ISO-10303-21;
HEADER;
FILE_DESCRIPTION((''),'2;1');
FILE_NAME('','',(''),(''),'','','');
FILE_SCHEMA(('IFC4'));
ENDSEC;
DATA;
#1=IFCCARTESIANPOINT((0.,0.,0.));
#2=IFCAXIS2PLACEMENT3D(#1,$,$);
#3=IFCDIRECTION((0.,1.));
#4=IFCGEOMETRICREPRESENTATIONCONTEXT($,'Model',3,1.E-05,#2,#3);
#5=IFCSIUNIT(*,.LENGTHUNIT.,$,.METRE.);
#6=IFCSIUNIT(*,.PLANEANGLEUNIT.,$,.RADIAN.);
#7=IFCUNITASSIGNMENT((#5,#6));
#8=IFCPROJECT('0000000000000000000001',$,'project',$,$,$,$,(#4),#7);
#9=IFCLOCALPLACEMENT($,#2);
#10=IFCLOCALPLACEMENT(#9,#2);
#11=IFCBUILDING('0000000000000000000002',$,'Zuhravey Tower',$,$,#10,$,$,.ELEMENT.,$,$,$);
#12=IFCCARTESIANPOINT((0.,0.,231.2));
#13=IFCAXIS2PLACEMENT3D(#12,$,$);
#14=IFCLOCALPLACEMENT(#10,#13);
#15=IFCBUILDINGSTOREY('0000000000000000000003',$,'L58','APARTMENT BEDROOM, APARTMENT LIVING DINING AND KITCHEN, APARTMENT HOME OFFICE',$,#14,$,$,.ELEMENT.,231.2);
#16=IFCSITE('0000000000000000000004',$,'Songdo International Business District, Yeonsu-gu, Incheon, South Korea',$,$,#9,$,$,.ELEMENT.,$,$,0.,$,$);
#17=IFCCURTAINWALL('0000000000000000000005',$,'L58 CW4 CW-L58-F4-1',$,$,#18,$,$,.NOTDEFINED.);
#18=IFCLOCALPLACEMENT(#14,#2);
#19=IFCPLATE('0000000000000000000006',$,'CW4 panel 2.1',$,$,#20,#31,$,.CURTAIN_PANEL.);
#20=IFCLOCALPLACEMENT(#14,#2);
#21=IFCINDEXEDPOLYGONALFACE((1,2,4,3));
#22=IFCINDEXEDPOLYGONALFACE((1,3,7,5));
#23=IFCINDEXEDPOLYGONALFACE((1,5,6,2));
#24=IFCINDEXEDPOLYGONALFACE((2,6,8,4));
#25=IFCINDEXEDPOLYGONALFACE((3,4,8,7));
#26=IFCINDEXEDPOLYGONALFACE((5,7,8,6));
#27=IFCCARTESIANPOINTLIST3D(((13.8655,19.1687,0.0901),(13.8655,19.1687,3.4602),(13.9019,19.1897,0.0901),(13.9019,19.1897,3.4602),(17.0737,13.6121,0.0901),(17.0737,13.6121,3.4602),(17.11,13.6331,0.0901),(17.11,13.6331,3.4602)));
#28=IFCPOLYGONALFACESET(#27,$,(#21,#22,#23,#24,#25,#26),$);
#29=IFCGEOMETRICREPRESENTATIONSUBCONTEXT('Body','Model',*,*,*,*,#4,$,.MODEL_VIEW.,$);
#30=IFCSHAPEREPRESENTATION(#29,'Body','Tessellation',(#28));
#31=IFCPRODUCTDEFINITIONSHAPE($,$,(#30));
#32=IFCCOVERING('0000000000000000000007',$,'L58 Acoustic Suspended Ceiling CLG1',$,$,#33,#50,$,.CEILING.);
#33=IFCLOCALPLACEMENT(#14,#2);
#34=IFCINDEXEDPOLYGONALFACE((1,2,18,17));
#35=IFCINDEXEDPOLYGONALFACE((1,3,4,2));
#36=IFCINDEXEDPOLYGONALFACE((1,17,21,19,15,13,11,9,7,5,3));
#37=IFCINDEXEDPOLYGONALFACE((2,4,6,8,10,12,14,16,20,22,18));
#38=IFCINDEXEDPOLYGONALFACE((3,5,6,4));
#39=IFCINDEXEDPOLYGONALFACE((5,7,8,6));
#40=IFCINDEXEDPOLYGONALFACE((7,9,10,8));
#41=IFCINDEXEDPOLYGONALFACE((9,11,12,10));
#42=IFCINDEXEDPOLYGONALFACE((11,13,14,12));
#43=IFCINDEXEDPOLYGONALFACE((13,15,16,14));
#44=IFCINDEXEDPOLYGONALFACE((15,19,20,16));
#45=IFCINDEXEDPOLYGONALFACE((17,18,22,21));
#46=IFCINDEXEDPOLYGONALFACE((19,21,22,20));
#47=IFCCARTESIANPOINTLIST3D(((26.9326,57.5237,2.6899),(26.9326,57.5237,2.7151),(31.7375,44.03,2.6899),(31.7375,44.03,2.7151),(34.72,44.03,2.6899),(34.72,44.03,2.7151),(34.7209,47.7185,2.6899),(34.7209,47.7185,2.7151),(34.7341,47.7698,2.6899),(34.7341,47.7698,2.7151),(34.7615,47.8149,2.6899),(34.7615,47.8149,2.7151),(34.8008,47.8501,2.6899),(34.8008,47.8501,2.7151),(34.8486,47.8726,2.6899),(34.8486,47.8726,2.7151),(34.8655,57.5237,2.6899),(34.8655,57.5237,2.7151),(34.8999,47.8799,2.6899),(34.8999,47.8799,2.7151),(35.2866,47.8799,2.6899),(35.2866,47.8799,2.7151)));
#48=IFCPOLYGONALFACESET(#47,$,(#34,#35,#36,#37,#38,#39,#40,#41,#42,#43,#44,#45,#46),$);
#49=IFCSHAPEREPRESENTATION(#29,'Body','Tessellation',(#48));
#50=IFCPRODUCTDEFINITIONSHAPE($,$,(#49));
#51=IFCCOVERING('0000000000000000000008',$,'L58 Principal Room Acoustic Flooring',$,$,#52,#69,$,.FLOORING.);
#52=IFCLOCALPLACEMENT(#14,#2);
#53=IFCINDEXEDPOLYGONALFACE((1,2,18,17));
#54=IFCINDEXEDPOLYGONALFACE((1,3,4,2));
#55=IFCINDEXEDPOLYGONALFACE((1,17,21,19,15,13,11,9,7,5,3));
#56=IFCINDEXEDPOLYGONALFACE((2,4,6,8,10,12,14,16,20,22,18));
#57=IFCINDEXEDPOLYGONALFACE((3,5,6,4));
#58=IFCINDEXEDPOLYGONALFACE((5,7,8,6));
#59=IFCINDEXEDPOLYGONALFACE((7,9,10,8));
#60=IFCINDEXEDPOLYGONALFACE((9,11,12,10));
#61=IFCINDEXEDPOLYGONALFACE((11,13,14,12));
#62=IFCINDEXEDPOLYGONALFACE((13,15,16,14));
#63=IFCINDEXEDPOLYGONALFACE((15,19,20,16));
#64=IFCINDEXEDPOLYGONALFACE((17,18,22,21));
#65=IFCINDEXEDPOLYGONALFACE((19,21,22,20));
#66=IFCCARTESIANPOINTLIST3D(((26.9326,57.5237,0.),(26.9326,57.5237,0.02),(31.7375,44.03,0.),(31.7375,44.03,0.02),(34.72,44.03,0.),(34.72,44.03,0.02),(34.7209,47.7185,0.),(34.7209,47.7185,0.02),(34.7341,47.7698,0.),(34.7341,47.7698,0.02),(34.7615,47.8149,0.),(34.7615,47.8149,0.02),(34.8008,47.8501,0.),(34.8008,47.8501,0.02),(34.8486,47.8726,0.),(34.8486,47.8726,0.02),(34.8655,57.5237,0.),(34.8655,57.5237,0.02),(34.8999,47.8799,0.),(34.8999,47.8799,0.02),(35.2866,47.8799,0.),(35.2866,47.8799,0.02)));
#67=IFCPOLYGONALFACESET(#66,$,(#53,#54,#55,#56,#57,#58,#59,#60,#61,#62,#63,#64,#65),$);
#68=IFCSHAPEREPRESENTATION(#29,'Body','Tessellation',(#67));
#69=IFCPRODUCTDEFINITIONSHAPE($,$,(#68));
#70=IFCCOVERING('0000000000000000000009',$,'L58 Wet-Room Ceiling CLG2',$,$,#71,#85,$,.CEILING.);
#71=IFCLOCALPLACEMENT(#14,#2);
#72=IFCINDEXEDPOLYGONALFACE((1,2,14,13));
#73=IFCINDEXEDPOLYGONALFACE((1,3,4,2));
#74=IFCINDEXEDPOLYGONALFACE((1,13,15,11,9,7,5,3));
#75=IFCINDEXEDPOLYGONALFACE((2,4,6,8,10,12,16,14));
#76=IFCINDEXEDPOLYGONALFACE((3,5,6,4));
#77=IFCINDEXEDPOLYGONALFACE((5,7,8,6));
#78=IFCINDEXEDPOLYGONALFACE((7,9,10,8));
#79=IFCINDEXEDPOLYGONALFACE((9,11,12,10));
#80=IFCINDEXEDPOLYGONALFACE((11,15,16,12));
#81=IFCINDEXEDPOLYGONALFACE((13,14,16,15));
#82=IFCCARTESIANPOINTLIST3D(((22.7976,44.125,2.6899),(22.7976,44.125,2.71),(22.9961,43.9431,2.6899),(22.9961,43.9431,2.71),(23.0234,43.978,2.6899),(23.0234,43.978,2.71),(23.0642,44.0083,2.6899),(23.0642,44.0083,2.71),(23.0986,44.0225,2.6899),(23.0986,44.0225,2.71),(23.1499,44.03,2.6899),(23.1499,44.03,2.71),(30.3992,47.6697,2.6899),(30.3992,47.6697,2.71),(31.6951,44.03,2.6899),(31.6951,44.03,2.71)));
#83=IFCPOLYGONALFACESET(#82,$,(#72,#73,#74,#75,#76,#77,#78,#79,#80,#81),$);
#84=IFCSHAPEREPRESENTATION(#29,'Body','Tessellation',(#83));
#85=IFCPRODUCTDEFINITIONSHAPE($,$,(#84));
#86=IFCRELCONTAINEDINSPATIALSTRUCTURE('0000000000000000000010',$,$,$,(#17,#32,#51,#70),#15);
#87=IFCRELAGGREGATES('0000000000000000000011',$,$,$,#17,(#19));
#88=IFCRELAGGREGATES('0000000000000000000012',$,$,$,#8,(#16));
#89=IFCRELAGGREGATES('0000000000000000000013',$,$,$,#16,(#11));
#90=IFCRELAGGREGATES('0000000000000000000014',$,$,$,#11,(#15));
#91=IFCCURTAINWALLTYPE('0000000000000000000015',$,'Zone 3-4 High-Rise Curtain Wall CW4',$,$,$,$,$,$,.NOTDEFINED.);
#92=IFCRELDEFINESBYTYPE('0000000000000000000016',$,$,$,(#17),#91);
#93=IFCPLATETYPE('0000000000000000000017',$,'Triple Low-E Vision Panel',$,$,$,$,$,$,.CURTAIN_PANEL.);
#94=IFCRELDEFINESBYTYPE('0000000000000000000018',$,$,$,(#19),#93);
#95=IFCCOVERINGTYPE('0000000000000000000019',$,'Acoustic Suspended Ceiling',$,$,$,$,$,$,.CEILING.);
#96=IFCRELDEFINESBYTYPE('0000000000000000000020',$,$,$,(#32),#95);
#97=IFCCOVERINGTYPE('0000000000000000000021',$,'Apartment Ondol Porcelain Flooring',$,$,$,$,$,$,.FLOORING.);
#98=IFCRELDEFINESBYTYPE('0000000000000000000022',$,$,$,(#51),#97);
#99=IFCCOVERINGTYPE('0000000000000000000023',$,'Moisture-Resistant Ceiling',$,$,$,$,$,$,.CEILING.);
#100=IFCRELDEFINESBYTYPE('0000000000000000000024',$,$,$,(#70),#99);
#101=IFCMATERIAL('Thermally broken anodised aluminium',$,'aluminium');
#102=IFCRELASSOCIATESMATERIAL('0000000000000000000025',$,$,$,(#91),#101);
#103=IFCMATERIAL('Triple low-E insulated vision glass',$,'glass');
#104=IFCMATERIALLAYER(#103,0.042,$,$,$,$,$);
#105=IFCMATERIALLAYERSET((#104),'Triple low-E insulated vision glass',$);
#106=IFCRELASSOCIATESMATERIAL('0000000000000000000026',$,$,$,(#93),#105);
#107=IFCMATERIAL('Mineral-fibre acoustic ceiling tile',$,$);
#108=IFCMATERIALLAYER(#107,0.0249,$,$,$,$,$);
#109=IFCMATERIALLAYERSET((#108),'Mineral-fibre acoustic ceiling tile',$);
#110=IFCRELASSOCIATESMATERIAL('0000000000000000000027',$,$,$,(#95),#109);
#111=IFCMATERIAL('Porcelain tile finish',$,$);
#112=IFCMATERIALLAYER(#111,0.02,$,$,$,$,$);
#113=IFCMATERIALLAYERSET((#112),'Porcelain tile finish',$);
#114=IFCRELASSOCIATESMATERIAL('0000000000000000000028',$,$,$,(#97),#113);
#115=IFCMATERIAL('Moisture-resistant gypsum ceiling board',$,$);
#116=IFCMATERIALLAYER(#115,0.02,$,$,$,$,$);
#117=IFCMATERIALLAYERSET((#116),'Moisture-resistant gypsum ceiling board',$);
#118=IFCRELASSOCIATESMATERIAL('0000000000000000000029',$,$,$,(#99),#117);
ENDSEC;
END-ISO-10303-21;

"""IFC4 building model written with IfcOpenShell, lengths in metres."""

from ifc_helpers import new_model, si_unit, direction, frame, origin, origin_2d, place, context, subcontext, project, spatial, polyline, rectangle, outline, extrude, material, layer, layer_set, type_object, element, aggregate, save


model = new_model("IFC4")

# Units and contexts
model_context = context("Model", 3, precision=1e-05, world=origin(), true_north=direction((0.0, 1.0)))
body_context = subcontext(model_context, "Body", "Model", "MODEL_VIEW")
ifc_project = project(units=[si_unit("LENGTHUNIT", "METRE"), si_unit("PLANEANGLEUNIT", "RADIAN")], contexts=[model_context])

# Site, building, storey
site_placement = place(None, origin())
site = spatial("IfcSite", under=ifc_project, at=site_placement, Name="Songdo International Business District, Yeonsu-gu, Incheon, South Korea", CompositionType="ELEMENT", RefElevation=0.0)
building_placement = place(site_placement, origin())
building = spatial("IfcBuilding", under=site, at=building_placement, Name="Zuhravey Tower", CompositionType="ELEMENT")
storey_placement = place(building_placement, frame((0.0, 0.0, 231.2)))
storey = spatial("IfcBuildingStorey", under=building, at=storey_placement, Name="L58", Description="APARTMENT BEDROOM, APARTMENT LIVING DINING AND KITCHEN, APARTMENT HOME OFFICE", CompositionType="ELEMENT", Elevation=231.2)

# Curtain wall
ifc_material_1 = material(Name="Thermally broken anodised aluminium", Category="aluminium")
curtain_wall_type = type_object("IfcCurtainWallType", Name="Zone 3-4 High-Rise Curtain Wall CW4", PredefinedType="NOTDEFINED", material=ifc_material_1)
curtain_wall_placement = place(storey_placement, origin())
curtain_wall = element("IfcCurtainWall", 1, at=curtain_wall_placement, inside=storey, type_object=curtain_wall_type, Name="L58 CW4 CW-L58-F4-1", PredefinedType="NOTDEFINED")

# Plate
ifc_material_2 = material(Name="Triple low-E insulated vision glass", Category="glass")
ifc_layer_1 = layer(ifc_material_2, 0.042)
ifc_layer_set_1 = layer_set([ifc_layer_1], Name="Triple low-E insulated vision glass")
plate_type_1 = type_object("IfcPlateType", Name="Triple Low-E Vision Panel", PredefinedType="CURTAIN_PANEL", material=ifc_layer_set_1)
plate_1_placement = place(storey_placement, frame((15.4878, 16.4009, 0.0901), z_axis=(0.0, 0.0, 1.0), x_axis=(-0.500001, 0.866025, 0.0)))
plate_1 = element("IfcPlate", 2, at=plate_1_placement, type_object=plate_type_1, Name="CW4 panel 2.1", PredefinedType="CURTAIN_PANEL", context=body_context, shape_type="SweptSolid", body=[
    extrude(rectangle(XDim=6.4163, YDim=0.042, at=origin_2d()), origin(), (0.0, 0.0, 1.0), 3.3701),
])
aggregate(curtain_wall, [plate_1])

# Coverings
ifc_material_3 = material(Name="Mineral-fibre acoustic ceiling tile")
ifc_layer_2 = layer(ifc_material_3, 0.0249)
ifc_layer_set_2 = layer_set([ifc_layer_2], Name="Mineral-fibre acoustic ceiling tile")
covering_type_1 = type_object("IfcCoveringType", Name="Acoustic Suspended Ceiling", PredefinedType="CEILING", material=ifc_layer_set_2)
covering_1_placement = place(storey_placement, frame((0.0, 0.0, 2.6899)))
element("IfcCovering", 3, at=covering_1_placement, inside=storey, type_object=covering_type_1, Name="L58 Acoustic Suspended Ceiling CLG1", PredefinedType="CEILING", context=body_context, shape_type="SweptSolid", body=[
    extrude(outline(polyline([(35.2866, 47.8799), (34.8999, 47.8799), (34.8486, 47.8726), (34.8008, 47.8501), (34.7615, 47.8149), (34.7341, 47.7698), (34.7209, 47.7185), (34.72, 44.03), (31.7375, 44.03), (26.9326, 57.5237), (34.8655, 57.5237), (35.2866, 47.8799)])), origin(), (0.0, 0.0, 1.0), 0.0251),
])
ifc_material_4 = material(Name="Porcelain tile finish")
ifc_layer_3 = layer(ifc_material_4, 0.02)
ifc_layer_set_3 = layer_set([ifc_layer_3], Name="Porcelain tile finish")
covering_type_2 = type_object("IfcCoveringType", Name="Apartment Ondol Porcelain Flooring", PredefinedType="FLOORING", material=ifc_layer_set_3)
covering_2_placement = place(storey_placement, origin())
element("IfcCovering", 4, at=covering_2_placement, inside=storey, type_object=covering_type_2, Name="L58 Principal Room Acoustic Flooring", PredefinedType="FLOORING", context=body_context, shape_type="SweptSolid", body=[
    extrude(outline(polyline([(35.2866, 47.8799), (34.8999, 47.8799), (34.8486, 47.8726), (34.8008, 47.8501), (34.7615, 47.8149), (34.7341, 47.7698), (34.7209, 47.7185), (34.72, 44.03), (31.7375, 44.03), (26.9326, 57.5237), (34.8655, 57.5237), (35.2866, 47.8799)])), origin(), (0.0, 0.0, 1.0), 0.02),
])
ifc_material_5 = material(Name="Moisture-resistant gypsum ceiling board")
ifc_layer_4 = layer(ifc_material_5, 0.02)
ifc_layer_set_4 = layer_set([ifc_layer_4], Name="Moisture-resistant gypsum ceiling board")
covering_type_3 = type_object("IfcCoveringType", Name="Moisture-Resistant Ceiling", PredefinedType="CEILING", material=ifc_layer_set_4)
covering_3_placement = place(storey_placement, frame((0.0, 0.0, 2.6899)))
element("IfcCovering", 5, at=covering_3_placement, inside=storey, type_object=covering_type_3, Name="L58 Wet-Room Ceiling CLG2", PredefinedType="CEILING", context=body_context, shape_type="SweptSolid", body=[
    extrude(outline(polyline([(22.9961, 43.9431), (22.7976, 44.125), (30.3992, 47.6697), (31.6951, 44.03), (23.1499, 44.03), (23.0986, 44.0225), (23.0642, 44.0083), (23.0234, 43.978), (22.9961, 43.9431)])), origin(), (0.0, 0.0, 1.0), 0.02),
])

save(model, "model.ifc")
